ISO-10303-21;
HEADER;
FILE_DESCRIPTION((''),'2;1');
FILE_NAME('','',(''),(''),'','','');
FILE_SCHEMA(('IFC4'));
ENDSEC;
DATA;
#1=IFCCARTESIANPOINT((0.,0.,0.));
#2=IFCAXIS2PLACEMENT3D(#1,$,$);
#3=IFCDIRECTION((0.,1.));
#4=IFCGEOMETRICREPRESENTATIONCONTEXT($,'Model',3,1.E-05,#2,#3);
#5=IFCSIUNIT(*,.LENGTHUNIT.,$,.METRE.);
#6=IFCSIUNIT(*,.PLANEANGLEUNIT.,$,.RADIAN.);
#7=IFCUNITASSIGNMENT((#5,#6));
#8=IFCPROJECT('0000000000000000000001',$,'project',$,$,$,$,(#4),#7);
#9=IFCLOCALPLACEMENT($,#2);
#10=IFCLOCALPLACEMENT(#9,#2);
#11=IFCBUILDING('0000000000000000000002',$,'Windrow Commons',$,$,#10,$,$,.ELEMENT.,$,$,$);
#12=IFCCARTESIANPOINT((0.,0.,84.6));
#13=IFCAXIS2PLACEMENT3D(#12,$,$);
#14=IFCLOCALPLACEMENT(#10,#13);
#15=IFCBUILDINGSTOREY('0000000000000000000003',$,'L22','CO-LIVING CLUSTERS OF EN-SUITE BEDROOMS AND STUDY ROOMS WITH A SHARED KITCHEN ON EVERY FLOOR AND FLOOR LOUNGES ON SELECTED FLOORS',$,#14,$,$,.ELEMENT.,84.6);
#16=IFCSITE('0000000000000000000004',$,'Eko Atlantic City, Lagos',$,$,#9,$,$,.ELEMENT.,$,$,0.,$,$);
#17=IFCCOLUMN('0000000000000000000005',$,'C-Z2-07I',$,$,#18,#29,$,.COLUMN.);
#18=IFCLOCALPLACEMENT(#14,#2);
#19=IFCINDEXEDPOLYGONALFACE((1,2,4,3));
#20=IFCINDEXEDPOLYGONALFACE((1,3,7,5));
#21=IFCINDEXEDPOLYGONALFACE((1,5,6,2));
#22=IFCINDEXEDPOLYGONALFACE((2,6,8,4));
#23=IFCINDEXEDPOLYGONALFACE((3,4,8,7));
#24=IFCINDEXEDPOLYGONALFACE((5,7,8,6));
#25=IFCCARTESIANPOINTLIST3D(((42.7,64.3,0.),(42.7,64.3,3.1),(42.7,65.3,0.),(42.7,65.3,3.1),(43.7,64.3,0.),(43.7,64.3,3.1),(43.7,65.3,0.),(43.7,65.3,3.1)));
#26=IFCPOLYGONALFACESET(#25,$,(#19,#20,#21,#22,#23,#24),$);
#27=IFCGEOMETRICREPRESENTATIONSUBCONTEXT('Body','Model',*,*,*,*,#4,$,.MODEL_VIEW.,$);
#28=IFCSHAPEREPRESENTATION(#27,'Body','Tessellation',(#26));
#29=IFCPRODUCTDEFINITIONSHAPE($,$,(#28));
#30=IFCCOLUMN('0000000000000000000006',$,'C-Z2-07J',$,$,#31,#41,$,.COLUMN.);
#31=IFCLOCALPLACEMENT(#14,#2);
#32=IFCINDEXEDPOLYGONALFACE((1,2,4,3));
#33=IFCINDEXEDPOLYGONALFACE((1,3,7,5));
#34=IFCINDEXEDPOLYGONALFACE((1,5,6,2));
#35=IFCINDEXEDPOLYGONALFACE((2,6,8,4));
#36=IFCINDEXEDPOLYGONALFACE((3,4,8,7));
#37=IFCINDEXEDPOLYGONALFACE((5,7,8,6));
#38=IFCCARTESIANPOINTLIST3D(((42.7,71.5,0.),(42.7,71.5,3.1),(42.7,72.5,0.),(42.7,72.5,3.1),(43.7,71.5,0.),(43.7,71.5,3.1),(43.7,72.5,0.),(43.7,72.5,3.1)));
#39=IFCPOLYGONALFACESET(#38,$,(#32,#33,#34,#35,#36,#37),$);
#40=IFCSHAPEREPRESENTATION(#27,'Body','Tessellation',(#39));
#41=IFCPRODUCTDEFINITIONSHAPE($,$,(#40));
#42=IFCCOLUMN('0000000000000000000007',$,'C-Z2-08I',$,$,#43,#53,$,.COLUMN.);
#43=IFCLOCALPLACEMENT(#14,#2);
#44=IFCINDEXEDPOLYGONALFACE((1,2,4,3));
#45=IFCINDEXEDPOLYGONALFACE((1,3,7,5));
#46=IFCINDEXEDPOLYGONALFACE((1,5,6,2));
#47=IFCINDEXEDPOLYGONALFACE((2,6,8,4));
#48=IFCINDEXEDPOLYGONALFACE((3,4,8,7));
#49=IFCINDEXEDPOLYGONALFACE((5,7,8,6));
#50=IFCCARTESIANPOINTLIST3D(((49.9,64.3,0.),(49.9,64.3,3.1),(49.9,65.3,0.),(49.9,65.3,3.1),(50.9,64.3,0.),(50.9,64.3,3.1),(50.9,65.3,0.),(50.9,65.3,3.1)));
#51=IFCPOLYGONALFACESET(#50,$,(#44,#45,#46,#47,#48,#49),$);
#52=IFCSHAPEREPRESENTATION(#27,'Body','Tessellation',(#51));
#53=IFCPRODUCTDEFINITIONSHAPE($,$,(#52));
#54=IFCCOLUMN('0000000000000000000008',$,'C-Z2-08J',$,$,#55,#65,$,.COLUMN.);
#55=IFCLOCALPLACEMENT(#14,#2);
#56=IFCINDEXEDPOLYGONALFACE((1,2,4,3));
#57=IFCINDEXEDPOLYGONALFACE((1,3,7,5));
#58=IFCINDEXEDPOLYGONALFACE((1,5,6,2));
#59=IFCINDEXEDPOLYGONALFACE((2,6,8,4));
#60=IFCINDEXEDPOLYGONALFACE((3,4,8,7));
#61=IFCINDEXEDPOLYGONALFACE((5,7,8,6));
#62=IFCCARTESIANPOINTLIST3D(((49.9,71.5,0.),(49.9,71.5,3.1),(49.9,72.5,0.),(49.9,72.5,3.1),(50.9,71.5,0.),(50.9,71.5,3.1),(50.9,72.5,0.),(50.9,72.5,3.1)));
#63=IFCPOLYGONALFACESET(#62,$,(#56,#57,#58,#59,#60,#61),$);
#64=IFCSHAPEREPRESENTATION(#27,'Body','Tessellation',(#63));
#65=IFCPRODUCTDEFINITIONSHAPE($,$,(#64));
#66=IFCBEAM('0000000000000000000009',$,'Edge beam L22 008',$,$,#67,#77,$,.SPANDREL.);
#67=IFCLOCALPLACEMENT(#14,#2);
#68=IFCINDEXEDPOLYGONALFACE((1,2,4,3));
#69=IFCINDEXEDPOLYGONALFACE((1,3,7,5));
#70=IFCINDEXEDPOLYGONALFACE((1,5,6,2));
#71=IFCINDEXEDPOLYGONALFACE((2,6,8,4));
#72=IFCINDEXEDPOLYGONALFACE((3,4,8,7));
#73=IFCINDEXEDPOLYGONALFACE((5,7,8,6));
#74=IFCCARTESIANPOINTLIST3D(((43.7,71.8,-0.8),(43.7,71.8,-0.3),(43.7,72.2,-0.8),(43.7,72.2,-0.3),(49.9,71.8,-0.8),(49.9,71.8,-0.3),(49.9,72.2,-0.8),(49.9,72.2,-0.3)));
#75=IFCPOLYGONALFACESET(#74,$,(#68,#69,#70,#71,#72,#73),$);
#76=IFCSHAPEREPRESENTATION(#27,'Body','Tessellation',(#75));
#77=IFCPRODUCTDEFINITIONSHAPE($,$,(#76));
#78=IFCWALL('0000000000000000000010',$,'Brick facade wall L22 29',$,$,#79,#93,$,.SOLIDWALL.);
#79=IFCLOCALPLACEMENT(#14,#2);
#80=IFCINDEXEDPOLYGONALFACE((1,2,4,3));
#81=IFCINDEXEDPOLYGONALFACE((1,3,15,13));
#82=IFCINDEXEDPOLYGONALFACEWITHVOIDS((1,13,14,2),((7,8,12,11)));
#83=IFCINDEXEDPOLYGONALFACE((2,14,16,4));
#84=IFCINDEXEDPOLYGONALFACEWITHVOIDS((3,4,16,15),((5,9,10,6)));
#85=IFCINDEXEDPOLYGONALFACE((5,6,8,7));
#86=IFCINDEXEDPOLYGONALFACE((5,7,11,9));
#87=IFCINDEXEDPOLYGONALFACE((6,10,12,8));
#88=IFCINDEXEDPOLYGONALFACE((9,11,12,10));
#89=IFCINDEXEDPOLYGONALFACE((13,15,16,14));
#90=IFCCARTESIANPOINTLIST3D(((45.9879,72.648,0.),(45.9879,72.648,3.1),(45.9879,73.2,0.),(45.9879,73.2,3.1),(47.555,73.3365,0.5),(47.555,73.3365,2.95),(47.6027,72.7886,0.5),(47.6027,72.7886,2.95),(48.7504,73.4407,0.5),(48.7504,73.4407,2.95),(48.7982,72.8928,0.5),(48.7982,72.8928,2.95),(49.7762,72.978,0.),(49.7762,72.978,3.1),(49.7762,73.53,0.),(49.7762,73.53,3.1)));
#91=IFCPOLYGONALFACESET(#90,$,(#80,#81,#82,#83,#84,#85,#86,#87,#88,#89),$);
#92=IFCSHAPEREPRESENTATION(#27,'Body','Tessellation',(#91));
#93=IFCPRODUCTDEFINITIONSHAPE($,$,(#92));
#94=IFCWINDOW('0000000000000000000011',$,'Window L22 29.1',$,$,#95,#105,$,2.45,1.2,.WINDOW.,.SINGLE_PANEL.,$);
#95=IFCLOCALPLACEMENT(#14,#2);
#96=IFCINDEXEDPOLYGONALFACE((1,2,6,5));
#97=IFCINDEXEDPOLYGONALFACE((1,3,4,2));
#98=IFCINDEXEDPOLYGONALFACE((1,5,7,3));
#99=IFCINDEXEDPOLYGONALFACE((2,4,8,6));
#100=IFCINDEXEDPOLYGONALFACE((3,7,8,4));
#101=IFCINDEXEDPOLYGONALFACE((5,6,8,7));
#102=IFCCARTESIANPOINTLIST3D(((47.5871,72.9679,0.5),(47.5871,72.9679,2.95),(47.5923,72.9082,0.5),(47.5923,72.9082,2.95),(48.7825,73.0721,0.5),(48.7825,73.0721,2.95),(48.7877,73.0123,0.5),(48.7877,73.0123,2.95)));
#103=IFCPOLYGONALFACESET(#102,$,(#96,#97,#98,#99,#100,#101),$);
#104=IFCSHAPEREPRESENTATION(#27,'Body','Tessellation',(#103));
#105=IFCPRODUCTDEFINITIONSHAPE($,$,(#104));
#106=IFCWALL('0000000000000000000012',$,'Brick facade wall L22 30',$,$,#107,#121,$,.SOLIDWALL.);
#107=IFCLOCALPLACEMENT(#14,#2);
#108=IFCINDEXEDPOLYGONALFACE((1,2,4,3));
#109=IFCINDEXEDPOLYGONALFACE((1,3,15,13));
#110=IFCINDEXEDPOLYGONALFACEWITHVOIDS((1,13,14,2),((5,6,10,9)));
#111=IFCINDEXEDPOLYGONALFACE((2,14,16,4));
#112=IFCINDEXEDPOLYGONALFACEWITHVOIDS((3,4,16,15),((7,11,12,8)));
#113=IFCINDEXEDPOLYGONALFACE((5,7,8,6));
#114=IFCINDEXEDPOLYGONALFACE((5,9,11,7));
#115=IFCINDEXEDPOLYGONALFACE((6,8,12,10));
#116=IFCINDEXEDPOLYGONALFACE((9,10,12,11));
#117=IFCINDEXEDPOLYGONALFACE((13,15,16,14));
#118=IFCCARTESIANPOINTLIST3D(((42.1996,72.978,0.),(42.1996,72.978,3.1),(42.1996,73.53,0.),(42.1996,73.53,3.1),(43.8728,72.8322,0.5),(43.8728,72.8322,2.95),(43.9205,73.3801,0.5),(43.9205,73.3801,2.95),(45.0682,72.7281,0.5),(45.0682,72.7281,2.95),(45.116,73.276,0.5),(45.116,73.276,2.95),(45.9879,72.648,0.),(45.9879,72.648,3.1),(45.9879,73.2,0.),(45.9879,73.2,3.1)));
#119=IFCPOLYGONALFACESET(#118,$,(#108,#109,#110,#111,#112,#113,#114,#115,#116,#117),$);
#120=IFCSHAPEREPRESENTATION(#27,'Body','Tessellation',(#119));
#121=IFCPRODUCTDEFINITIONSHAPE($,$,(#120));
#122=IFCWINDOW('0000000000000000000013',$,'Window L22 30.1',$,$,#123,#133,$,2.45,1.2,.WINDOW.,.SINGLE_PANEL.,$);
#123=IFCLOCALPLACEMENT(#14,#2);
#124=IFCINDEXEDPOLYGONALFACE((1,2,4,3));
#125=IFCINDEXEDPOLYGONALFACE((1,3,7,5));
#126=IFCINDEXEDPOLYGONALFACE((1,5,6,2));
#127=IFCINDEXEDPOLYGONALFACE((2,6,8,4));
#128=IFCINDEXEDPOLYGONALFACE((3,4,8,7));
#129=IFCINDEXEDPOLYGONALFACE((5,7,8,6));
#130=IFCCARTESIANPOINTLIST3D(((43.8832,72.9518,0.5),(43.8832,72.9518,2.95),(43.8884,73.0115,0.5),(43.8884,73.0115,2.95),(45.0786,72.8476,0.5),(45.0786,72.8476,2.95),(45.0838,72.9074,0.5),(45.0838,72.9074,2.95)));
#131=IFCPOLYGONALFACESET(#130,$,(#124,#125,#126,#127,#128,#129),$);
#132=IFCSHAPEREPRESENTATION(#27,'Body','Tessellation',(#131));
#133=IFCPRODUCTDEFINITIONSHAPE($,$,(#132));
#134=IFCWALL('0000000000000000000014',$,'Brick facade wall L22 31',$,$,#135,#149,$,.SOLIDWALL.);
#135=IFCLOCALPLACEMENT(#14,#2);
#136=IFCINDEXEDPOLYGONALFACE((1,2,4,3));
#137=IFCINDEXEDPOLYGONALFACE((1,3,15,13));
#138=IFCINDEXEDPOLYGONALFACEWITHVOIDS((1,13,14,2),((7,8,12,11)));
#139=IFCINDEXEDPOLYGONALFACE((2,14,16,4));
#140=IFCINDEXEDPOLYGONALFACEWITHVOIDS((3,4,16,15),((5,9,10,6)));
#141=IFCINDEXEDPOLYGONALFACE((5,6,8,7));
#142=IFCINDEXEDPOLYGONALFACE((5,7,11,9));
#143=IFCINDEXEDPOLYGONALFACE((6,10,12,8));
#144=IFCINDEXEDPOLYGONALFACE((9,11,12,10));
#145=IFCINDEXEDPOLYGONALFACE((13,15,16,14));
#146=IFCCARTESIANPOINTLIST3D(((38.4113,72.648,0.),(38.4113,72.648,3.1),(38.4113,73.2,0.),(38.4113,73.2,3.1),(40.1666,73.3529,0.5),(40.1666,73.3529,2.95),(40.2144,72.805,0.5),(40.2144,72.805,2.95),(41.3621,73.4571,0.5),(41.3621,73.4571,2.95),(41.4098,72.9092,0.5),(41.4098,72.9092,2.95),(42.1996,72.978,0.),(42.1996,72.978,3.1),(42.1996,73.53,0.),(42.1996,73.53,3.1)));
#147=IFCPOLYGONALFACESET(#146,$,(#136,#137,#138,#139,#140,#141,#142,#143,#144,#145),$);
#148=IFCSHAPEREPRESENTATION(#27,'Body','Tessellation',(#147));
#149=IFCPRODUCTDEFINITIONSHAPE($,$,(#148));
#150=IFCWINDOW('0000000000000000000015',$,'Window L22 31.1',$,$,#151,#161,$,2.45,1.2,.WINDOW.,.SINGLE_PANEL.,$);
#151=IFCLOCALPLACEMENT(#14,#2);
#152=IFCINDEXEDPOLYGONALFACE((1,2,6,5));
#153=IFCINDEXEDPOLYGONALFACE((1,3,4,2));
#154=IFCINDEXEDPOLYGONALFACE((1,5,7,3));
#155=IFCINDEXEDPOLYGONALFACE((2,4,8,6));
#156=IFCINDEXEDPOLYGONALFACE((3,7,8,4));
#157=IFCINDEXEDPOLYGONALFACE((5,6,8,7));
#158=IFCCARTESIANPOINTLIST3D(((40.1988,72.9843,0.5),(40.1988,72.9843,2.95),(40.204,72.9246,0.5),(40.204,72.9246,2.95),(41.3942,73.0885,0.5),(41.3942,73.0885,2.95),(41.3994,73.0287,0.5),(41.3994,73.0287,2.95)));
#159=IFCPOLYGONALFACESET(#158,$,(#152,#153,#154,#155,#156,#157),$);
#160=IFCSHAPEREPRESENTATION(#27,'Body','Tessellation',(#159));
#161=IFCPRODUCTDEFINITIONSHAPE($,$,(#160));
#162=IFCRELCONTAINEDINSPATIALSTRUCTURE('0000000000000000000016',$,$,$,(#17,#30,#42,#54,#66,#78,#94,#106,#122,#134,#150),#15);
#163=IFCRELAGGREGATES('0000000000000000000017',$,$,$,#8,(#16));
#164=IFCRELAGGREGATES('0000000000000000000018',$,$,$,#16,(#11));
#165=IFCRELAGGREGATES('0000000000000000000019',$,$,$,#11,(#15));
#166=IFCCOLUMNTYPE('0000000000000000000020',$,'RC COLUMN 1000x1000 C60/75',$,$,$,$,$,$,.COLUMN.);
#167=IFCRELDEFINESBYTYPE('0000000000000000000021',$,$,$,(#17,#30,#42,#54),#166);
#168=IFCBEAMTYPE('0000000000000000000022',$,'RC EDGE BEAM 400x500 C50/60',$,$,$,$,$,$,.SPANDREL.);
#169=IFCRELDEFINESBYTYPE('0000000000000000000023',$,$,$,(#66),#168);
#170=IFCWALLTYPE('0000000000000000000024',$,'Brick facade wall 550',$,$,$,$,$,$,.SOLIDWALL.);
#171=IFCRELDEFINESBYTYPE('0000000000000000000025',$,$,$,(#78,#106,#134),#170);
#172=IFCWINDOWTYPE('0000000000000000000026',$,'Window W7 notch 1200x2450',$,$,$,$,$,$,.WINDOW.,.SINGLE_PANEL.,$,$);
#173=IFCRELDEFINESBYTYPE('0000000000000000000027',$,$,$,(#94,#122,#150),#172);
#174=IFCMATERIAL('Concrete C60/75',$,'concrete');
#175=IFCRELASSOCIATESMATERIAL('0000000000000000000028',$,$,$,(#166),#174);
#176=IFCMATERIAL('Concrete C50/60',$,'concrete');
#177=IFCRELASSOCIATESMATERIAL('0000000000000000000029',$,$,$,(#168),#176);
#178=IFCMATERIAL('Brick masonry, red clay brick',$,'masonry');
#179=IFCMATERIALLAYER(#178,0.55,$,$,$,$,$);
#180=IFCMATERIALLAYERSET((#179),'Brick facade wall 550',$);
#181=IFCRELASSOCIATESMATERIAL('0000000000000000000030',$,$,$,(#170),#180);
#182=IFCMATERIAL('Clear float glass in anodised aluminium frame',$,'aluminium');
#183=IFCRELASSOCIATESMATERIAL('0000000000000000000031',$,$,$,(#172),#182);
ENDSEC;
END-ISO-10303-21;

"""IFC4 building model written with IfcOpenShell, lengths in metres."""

from ifc_helpers import new_model, si_unit, direction, frame, frame_2d, origin, origin_2d, place, context, subcontext, project, spatial, polyline, rectangle, outline, extrude, material, layer, layer_set, material_profile, profile_set, type_object, element, fill, save


model = new_model("IFC4")

# Units and contexts
model_context = context("Model", 3, precision=1e-05, world=origin(), true_north=direction((0.0, 1.0)))
body_context = subcontext(model_context, "Body", "Model", "MODEL_VIEW")
ifc_project = project(units=[si_unit("LENGTHUNIT", "METRE"), si_unit("PLANEANGLEUNIT", "RADIAN")], contexts=[model_context])

# Site, building, storey
site_placement = place(None, origin())
site = spatial("IfcSite", under=ifc_project, at=site_placement, Name="Eko Atlantic City, Lagos", CompositionType="ELEMENT", RefElevation=0.0)
building_placement = place(site_placement, origin())
building = spatial("IfcBuilding", under=site, at=building_placement, Name="Windrow Commons", CompositionType="ELEMENT")
storey_placement = place(building_placement, frame((0.0, 0.0, 84.6)))
storey = spatial("IfcBuildingStorey", under=building, at=storey_placement, Name="L22", Description="CO-LIVING CLUSTERS OF EN-SUITE BEDROOMS AND STUDY ROOMS WITH A SHARED KITCHEN ON EVERY FLOOR AND FLOOR LOUNGES ON SELECTED FLOORS", CompositionType="ELEMENT", Elevation=84.6)

# Columns
ifc_material_1 = material(Name="Concrete C60/75", Category="concrete")
ifc_material_profile_1 = material_profile(ifc_material_1, rectangle(XDim=1.0, YDim=1.0, at=origin_2d()))
ifc_profile_set_1 = profile_set([ifc_material_profile_1], Name="Concrete C60/75")
column_type = type_object("IfcColumnType", Name="RC COLUMN 1000x1000 C60/75", PredefinedType="COLUMN", material=ifc_profile_set_1)
for number, where, z_axis, x_axis, name in (
    (1, (43.2, 64.8, 0.0), (0.0, 0.0, 1.0), (1.0, 0.0, 0.0), "C-Z2-07I"),
    (2, (43.2, 72.0, 0.0), (0.0, 0.0, 1.0), (1.0, 0.0, 0.0), "C-Z2-07J"),
    (3, (50.4, 64.8, 0.0), (0.0, 0.0, 1.0), (1.0, 0.0, 0.0), "C-Z2-08I"),
    (4, (50.4, 72.0, 0.0), (0.0, 0.0, 1.0), (1.0, 0.0, 0.0), "C-Z2-08J"),
):
    element("IfcColumn", number, at=place(storey_placement, frame(where, z_axis=z_axis, x_axis=x_axis)), inside=storey, type_object=column_type, Name=name, PredefinedType="COLUMN", context=body_context, shape_type="SweptSolid", body=[
        extrude(rectangle(XDim=1.0, YDim=1.0, at=origin_2d()), origin(), (0.0, 0.0, 1.0), 3.1),
    ])

# Beam
ifc_material_2 = material(Name="Concrete C50/60", Category="concrete")
ifc_material_profile_2 = material_profile(ifc_material_2, rectangle(XDim=0.4, YDim=0.5, at=origin_2d()))
ifc_profile_set_2 = profile_set([ifc_material_profile_2], Name="Concrete C50/60")
beam_type = type_object("IfcBeamType", Name="RC EDGE BEAM 400x500 C50/60", PredefinedType="SPANDREL", material=ifc_profile_set_2)
beam_placement = place(storey_placement, frame((43.7, 72.0, -0.55), z_axis=(1.0, 0.0, 0.0), x_axis=(0.0, 1.0, 0.0)))
element("IfcBeam", 5, at=beam_placement, inside=storey, type_object=beam_type, Name="Edge beam L22 008", PredefinedType="SPANDREL", context=body_context, shape_type="SweptSolid", body=[
    extrude(rectangle(XDim=0.4, YDim=0.5, at=origin_2d()), origin(), (0.0, 0.0, 1.0), 6.2),
])

# Walls, openings, windows
ifc_material_3 = material(Name="Brick masonry, red clay brick", Category="masonry")
ifc_layer_1 = layer(ifc_material_3, 0.55)
ifc_layer_set_1 = layer_set([ifc_layer_1], Name="Brick facade wall 550")
wall_type_1 = type_object("IfcWallType", Name="Brick facade wall 550", PredefinedType="SOLIDWALL", material=ifc_layer_set_1)
wall_1_placement = place(storey_placement, frame((49.7762, 73.254, 0.0), z_axis=(0.0, 0.0, 1.0), x_axis=(-0.996227, -0.086782, 0.0)))
wall_1 = element("IfcWall", 6, at=wall_1_placement, inside=storey, type_object=wall_type_1, Name="Brick facade wall L22 29", PredefinedType="SOLIDWALL", context=body_context, shape_type="SweptSolid", body=[
    extrude(outline(polyline([(-0.024, -0.275), (3.7787, -0.275), (3.8266, 0.275), (0.024, 0.275), (-0.024, -0.275)])), origin(), (0.0, 0.0, 1.0), 3.1),
])
opening_1_placement = place(wall_1_placement, frame((1.0057, 0.0, 0.5)))
opening_1 = element("IfcOpeningElement", 7, at=opening_1_placement, cuts=wall_1, PredefinedType="OPENING", context=body_context, shape_type="SweptSolid", body=[
    extrude(rectangle(XDim=1.2, YDim=2.45, at=frame_2d((0.6, 1.225))), frame((0.0, 0.285, 0.0), z_axis=(0.0, -1.0, 0.0), x_axis=(1.0, 0.0, 0.0)), (0.0, 0.0, 1.0), 0.57),
])
ifc_material_4 = material(Name="Clear float glass in anodised aluminium frame", Category="aluminium")
window_type = type_object("IfcWindowType", Name="Window W7 notch 1200x2450", PartitioningType="SINGLE_PANEL", PredefinedType="WINDOW", material=ifc_material_4)
window_1_placement = place(opening_1_placement, origin())
window_1 = element("IfcWindow", 8, at=window_1_placement, inside=storey, type_object=window_type, Name="Window L22 29.1", OverallHeight=2.45, OverallWidth=1.2, PartitioningType="SINGLE_PANEL", PredefinedType="WINDOW", context=body_context, shape_type="SweptSolid", body=[
    extrude(rectangle(XDim=1.2, YDim=2.45, at=frame_2d((0.6, 1.225))), frame((0.0, 0.155, 0.0), z_axis=(0.0, -1.0, 0.0), x_axis=(1.0, 0.0, 0.0)), (0.0, 0.0, 1.0), 0.06),
])
fill(opening_1, window_1)
wall_2_placement = place(storey_placement, frame((45.9879, 72.924, 0.0), z_axis=(0.0, 0.0, 1.0), x_axis=(-0.996227, 0.086782, 0.0)))
wall_2 = element("IfcWall", 9, at=wall_2_placement, inside=storey, type_object=wall_type_1, Name="Brick facade wall L22 30", PredefinedType="SOLIDWALL", context=body_context, shape_type="SweptSolid", body=[
    extrude(outline(polyline([(0.024, -0.275), (3.8266, -0.275), (3.7787, 0.275), (-0.024, 0.275), (0.024, -0.275)])), origin(), (0.0, 0.0, 1.0), 3.1),
])
opening_2_placement = place(wall_2_placement, frame((0.8992, 0.0, 0.5)))
opening_2 = element("IfcOpeningElement", 10, at=opening_2_placement, cuts=wall_2, PredefinedType="OPENING", context=body_context, shape_type="SweptSolid", body=[
    extrude(rectangle(XDim=1.2, YDim=2.45, at=frame_2d((0.6, 1.225))), frame((0.0, 0.285, 0.0), z_axis=(0.0, -1.0, 0.0), x_axis=(1.0, 0.0, 0.0)), (0.0, 0.0, 1.0), 0.57),
])
window_2_placement = place(opening_2_placement, origin())
window_2 = element("IfcWindow", 11, at=window_2_placement, inside=storey, type_object=window_type, Name="Window L22 30.1", OverallHeight=2.45, OverallWidth=1.2, PartitioningType="SINGLE_PANEL", PredefinedType="WINDOW", context=body_context, shape_type="SweptSolid", body=[
    extrude(rectangle(XDim=1.2, YDim=2.45, at=frame_2d((0.6, 1.225))), frame((0.0, 0.155, 0.0), z_axis=(0.0, -1.0, 0.0), x_axis=(1.0, 0.0, 0.0)), (0.0, 0.0, 1.0), 0.06),
])
fill(opening_2, window_2)
wall_3_placement = place(storey_placement, frame((42.1996, 73.254, 0.0), z_axis=(0.0, 0.0, 1.0), x_axis=(-0.996227, -0.086782, 0.0)))
wall_3 = element("IfcWall", 12, at=wall_3_placement, inside=storey, type_object=wall_type_1, Name="Brick facade wall L22 31", PredefinedType="SOLIDWALL", context=body_context, shape_type="SweptSolid", body=[
    extrude(outline(polyline([(-0.024, -0.275), (3.7787, -0.275), (3.8266, 0.275), (0.024, 0.275), (-0.024, -0.275)])), origin(), (0.0, 0.0, 1.0), 3.1),
])
opening_3_placement = place(wall_3_placement, frame((0.8167, 0.0, 0.5)))
opening_3 = element("IfcOpeningElement", 13, at=opening_3_placement, cuts=wall_3, PredefinedType="OPENING", context=body_context, shape_type="SweptSolid", body=[
    extrude(rectangle(XDim=1.2, YDim=2.45, at=frame_2d((0.6, 1.225))), frame((0.0, 0.285, 0.0), z_axis=(0.0, -1.0, 0.0), x_axis=(1.0, 0.0, 0.0)), (0.0, 0.0, 1.0), 0.57),
])
window_3_placement = place(opening_3_placement, origin())
window_3 = element("IfcWindow", 14, at=window_3_placement, inside=storey, type_object=window_type, Name="Window L22 31.1", OverallHeight=2.45, OverallWidth=1.2, PartitioningType="SINGLE_PANEL", PredefinedType="WINDOW", context=body_context, shape_type="SweptSolid", body=[
    extrude(rectangle(XDim=1.2, YDim=2.45, at=frame_2d((0.6, 1.225))), frame((0.0, 0.155, 0.0), z_axis=(0.0, -1.0, 0.0), x_axis=(1.0, 0.0, 0.0)), (0.0, 0.0, 1.0), 0.06),
])
fill(opening_3, window_3)

save(model, "model.ifc")
